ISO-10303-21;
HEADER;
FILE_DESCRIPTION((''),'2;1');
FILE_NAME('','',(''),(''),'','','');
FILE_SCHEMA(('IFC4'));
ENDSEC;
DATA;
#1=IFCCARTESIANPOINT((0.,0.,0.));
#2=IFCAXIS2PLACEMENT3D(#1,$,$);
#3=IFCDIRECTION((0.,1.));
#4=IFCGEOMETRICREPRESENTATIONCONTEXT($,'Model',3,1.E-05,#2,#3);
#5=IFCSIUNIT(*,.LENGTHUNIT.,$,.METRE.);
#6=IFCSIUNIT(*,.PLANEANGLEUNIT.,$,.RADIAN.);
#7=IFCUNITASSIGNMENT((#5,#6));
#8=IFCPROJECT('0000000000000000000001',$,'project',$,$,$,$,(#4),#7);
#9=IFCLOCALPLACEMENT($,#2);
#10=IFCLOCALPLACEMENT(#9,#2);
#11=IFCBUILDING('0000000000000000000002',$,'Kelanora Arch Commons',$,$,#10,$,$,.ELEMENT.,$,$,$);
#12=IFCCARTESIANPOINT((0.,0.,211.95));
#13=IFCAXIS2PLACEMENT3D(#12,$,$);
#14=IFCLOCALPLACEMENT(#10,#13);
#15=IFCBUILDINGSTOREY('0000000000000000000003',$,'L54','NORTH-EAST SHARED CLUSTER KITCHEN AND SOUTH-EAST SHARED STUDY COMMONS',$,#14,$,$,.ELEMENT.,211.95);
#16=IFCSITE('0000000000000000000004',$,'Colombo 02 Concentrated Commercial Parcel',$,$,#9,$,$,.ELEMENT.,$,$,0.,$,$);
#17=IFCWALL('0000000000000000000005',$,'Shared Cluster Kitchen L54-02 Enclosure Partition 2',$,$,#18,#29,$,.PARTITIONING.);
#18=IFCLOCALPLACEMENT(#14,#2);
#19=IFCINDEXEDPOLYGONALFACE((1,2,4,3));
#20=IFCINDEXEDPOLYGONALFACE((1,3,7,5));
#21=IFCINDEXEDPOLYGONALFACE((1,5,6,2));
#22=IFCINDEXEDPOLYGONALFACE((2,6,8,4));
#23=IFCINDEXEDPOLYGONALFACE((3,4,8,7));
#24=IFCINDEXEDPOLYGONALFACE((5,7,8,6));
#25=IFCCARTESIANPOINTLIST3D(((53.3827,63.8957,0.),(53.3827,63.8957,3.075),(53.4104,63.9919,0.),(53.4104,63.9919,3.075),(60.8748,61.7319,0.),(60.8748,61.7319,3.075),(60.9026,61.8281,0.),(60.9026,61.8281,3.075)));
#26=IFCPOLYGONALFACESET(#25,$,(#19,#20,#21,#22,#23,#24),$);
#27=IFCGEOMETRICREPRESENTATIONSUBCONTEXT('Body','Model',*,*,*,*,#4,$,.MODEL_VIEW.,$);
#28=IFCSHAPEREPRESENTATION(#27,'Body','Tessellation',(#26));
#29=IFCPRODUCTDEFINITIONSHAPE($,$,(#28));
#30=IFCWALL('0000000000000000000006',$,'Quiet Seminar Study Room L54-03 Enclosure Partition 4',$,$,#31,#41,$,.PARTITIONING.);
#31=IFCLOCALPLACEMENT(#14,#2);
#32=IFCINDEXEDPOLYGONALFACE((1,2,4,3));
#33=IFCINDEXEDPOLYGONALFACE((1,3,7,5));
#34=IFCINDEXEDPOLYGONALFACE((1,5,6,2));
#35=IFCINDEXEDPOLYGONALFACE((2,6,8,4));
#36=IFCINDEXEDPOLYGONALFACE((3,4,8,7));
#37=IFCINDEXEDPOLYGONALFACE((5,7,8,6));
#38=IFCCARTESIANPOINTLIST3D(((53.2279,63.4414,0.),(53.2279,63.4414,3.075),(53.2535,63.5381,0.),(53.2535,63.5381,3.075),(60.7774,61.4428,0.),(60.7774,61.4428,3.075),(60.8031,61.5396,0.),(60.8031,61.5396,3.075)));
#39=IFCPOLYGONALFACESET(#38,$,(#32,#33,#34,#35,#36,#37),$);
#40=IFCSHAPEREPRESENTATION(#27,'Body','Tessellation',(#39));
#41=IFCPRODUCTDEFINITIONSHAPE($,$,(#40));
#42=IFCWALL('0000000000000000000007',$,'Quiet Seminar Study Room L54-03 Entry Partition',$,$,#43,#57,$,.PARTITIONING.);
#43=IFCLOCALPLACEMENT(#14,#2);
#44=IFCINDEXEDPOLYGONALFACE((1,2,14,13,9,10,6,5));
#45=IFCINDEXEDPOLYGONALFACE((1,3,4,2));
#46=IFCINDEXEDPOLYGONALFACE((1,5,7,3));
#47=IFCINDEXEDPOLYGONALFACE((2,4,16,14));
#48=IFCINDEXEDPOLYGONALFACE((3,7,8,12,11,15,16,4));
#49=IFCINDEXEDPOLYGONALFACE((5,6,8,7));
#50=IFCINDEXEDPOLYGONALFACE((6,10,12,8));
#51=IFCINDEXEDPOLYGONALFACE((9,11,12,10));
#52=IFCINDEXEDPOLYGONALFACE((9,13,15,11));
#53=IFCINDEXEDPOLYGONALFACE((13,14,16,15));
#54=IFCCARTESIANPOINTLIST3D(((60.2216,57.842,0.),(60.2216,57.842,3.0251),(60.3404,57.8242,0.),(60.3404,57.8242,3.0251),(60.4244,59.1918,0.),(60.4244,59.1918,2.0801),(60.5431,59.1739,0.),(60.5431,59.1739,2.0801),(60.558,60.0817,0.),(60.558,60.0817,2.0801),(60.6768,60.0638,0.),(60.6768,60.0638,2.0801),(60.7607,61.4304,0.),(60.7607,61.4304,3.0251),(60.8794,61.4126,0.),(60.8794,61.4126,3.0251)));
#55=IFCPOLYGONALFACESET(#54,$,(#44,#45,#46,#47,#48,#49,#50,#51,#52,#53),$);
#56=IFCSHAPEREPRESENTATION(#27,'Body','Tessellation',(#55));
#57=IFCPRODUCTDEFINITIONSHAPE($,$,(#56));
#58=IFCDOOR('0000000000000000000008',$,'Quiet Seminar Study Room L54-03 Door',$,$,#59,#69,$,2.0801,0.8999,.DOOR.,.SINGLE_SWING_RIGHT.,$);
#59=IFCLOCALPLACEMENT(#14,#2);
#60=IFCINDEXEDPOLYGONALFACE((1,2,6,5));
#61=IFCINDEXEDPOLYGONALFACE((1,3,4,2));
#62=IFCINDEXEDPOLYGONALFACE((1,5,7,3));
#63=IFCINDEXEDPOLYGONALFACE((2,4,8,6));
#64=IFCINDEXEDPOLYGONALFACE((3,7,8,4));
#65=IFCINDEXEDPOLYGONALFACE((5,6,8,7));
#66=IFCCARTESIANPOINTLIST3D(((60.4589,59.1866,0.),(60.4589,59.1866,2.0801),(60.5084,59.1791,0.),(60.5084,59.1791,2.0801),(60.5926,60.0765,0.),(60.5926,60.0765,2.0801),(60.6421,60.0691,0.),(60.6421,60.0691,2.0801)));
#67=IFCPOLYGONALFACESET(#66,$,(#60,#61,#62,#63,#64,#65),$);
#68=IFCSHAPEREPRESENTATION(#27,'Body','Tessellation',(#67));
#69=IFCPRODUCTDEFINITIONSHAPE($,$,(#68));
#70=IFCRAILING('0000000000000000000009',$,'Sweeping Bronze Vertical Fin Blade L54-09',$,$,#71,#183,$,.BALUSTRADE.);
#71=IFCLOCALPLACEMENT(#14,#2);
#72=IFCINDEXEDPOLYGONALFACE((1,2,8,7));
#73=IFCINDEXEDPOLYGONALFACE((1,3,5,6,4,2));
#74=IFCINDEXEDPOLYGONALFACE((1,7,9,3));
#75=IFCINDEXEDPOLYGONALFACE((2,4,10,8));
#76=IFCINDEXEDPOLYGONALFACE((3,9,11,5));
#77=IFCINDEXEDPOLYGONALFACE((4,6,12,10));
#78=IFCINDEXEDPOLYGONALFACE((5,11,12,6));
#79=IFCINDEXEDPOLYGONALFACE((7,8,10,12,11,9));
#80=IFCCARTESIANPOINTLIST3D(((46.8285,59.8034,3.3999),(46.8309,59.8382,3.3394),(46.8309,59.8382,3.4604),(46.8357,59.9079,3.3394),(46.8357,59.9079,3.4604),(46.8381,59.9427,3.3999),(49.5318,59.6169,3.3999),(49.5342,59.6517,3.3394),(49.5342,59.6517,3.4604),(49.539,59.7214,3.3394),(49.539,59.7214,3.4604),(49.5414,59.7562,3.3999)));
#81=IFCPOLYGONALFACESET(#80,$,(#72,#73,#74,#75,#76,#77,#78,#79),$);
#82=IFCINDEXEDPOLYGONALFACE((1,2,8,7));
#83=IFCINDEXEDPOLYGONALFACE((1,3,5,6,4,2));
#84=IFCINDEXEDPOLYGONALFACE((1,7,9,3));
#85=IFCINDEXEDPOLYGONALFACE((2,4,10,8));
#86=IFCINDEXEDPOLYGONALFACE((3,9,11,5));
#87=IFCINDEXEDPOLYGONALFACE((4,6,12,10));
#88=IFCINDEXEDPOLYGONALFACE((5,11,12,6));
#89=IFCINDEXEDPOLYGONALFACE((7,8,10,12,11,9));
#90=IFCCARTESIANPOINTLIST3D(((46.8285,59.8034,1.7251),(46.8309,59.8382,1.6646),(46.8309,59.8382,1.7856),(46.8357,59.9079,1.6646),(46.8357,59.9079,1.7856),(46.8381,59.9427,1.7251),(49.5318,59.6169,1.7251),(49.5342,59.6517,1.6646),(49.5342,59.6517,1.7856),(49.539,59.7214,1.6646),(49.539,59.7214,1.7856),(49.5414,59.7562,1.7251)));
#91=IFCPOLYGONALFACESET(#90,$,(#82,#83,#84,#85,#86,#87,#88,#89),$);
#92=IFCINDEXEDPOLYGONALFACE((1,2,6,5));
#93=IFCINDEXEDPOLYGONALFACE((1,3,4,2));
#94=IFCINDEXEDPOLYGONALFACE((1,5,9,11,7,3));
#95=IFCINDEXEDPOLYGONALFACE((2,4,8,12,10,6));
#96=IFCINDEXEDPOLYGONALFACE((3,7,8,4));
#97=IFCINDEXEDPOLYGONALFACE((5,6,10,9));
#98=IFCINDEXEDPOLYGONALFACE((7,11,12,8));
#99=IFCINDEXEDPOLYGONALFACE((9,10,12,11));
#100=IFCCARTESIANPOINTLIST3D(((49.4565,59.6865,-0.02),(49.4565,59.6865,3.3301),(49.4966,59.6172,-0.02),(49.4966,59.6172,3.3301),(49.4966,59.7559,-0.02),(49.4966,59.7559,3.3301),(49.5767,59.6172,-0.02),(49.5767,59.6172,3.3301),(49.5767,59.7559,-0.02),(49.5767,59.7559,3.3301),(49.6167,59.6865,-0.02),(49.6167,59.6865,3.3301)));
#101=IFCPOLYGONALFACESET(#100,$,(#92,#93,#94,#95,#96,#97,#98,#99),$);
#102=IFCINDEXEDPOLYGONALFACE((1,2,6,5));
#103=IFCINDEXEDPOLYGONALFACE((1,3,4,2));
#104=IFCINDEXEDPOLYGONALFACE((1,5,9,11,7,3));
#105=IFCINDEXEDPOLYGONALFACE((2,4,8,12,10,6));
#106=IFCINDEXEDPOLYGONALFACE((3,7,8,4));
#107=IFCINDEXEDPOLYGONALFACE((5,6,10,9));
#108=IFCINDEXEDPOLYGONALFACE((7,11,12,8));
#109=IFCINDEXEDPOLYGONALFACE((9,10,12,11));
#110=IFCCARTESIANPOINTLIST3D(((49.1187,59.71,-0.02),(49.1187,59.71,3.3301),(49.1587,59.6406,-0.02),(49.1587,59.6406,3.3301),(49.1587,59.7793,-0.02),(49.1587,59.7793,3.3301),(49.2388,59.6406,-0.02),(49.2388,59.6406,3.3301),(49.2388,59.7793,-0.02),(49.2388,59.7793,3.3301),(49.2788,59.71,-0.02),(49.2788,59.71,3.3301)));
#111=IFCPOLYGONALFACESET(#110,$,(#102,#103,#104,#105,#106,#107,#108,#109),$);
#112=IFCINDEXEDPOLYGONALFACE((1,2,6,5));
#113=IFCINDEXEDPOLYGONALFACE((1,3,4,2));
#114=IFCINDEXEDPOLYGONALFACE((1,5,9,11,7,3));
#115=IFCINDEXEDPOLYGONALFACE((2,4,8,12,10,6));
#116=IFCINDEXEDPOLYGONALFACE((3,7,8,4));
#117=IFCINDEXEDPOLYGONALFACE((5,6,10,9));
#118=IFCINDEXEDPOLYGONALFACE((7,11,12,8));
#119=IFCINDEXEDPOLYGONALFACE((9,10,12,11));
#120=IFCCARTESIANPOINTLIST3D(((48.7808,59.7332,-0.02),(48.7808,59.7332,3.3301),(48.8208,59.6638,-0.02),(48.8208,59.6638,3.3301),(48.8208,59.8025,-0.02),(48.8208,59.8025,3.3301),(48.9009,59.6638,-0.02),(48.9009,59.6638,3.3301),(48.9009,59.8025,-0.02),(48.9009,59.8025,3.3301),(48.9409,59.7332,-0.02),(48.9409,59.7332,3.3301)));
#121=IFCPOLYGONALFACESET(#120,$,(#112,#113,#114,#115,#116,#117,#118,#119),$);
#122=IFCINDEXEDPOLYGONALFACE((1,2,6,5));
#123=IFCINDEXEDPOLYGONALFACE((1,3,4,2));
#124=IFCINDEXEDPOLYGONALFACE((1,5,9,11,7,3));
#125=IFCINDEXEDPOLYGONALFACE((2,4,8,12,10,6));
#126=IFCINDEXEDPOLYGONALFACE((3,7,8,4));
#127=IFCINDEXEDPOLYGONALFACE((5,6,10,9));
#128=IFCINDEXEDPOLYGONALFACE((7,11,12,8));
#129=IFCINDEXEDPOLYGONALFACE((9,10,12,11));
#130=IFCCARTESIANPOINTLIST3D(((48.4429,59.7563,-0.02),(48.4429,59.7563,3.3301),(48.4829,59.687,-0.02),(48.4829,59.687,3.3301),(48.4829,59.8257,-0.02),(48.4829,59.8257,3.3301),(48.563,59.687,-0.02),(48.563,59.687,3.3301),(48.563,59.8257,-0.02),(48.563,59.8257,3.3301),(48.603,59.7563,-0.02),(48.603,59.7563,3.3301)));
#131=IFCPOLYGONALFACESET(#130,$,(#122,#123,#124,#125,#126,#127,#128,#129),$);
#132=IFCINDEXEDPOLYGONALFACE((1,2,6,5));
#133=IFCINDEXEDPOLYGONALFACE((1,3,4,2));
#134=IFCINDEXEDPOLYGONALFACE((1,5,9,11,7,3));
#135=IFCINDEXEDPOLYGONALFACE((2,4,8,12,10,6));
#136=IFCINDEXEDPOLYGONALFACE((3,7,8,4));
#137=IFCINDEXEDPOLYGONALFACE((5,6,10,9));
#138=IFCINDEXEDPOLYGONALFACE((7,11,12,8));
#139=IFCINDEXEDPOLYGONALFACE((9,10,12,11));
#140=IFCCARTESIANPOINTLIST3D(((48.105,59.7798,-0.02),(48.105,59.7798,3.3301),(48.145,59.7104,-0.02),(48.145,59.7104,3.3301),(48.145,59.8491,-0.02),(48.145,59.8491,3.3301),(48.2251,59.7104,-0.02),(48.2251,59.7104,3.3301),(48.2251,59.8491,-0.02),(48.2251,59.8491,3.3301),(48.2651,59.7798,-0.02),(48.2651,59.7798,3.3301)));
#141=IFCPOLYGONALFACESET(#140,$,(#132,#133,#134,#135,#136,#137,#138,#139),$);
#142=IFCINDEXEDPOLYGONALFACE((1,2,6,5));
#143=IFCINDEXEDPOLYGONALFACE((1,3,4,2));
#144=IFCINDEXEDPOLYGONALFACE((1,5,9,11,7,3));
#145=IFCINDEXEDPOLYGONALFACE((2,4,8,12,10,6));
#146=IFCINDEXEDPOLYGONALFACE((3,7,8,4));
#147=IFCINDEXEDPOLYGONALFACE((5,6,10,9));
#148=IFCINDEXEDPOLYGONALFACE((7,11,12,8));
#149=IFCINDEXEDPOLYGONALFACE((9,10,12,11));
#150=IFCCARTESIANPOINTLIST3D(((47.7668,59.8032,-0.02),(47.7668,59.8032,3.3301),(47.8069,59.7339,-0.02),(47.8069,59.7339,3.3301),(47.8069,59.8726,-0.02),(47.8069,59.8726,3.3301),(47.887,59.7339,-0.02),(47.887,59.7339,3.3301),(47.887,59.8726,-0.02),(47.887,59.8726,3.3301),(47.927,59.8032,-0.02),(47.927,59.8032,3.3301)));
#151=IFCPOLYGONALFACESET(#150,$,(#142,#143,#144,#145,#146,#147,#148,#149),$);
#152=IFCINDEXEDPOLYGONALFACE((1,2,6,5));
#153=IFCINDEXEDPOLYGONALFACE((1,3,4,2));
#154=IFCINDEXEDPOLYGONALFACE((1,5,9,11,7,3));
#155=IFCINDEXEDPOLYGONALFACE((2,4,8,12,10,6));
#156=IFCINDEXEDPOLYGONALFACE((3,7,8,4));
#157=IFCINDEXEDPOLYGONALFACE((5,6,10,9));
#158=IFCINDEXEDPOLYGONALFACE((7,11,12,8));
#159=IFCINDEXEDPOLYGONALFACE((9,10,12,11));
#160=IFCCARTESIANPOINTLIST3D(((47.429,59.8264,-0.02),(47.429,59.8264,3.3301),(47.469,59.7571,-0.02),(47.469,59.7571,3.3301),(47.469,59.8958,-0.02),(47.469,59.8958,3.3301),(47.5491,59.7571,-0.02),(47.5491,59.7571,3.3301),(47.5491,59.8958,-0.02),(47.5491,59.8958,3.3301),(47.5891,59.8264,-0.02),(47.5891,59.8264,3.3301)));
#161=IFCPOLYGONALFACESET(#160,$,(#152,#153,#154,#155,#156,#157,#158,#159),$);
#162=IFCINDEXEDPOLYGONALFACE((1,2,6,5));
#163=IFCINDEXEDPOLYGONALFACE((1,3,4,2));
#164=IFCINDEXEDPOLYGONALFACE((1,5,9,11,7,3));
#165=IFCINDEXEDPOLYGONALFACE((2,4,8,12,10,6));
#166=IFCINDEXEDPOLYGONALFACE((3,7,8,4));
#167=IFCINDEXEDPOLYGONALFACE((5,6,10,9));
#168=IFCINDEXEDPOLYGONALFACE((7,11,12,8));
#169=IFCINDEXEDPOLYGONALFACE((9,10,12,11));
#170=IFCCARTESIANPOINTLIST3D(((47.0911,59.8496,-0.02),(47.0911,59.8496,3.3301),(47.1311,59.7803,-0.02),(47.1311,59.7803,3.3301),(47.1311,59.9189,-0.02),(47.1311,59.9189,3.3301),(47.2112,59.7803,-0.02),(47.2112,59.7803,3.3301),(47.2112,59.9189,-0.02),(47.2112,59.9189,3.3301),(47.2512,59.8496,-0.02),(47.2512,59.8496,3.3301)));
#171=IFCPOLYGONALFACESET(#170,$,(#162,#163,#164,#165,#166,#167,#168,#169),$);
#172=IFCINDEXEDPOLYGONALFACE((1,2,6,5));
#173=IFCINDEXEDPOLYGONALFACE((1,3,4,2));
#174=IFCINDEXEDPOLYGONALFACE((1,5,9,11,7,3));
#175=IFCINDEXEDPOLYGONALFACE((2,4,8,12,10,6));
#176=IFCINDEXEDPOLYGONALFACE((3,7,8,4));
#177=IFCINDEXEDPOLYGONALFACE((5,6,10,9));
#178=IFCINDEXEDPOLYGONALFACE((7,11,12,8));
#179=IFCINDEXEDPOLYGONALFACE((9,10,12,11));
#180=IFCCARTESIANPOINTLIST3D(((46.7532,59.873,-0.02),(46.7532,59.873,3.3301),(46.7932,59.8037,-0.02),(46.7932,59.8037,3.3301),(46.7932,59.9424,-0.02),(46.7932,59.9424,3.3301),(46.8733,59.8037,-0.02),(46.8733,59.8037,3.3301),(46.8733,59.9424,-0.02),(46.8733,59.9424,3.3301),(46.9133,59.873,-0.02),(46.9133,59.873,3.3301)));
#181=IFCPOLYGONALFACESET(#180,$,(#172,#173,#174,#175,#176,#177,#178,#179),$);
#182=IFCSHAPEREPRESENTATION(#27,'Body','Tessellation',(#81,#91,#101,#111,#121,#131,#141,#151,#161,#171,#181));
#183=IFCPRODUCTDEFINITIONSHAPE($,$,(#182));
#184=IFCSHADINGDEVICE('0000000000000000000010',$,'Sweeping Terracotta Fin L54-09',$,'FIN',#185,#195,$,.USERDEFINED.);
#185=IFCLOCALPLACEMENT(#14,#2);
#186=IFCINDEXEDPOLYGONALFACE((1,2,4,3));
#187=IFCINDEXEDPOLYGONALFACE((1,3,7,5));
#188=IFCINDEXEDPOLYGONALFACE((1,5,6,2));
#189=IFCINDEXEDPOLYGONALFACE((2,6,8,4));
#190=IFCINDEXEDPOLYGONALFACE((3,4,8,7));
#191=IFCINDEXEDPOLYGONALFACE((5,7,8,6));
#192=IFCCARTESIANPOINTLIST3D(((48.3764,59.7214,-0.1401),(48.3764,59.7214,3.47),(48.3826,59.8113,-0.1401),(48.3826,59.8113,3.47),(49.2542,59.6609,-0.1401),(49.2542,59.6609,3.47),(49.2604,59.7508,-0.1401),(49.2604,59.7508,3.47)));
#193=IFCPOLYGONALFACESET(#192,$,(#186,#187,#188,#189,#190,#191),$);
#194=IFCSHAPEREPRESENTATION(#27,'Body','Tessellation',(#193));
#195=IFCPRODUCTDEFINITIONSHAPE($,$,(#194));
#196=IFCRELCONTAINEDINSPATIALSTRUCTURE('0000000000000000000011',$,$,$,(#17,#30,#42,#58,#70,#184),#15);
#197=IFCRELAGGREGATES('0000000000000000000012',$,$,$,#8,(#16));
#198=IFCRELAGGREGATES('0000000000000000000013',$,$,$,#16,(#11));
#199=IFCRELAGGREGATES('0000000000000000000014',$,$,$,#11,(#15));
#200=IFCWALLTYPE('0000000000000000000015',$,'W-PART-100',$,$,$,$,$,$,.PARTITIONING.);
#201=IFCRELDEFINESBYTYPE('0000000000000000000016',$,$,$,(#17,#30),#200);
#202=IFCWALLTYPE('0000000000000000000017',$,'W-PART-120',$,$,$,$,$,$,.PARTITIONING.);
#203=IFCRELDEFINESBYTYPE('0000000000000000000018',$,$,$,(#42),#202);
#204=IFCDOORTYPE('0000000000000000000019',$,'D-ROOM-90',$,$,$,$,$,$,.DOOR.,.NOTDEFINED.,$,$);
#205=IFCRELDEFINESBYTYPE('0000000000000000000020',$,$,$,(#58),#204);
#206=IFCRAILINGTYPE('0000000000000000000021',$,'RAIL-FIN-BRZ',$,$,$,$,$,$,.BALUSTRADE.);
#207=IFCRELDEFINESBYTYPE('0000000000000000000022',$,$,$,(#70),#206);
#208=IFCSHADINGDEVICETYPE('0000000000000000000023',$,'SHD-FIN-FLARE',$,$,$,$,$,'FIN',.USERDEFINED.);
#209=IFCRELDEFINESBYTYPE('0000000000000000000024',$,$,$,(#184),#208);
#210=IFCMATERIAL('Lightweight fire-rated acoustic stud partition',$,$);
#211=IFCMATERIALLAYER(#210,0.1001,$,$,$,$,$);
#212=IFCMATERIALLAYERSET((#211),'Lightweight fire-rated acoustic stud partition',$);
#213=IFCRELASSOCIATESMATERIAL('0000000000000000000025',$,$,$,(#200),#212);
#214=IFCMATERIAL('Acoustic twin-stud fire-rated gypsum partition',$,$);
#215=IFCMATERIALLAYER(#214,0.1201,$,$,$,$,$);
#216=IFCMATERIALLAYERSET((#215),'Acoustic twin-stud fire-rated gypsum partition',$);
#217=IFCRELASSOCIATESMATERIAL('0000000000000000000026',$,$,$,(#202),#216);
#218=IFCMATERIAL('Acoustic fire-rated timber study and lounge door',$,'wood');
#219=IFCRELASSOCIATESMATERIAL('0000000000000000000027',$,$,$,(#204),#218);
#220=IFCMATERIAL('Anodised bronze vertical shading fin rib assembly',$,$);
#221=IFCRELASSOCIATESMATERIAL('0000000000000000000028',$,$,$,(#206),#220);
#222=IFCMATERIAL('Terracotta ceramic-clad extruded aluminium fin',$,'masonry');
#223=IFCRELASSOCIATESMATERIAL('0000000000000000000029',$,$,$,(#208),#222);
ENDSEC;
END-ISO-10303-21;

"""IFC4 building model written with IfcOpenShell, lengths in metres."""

from ifc_helpers import new_model, si_unit, direction, frame, frame_2d, origin, origin_2d, place, context, subcontext, project, spatial, polyline, rectangle, outline, extrude, source, transform, mapped, material, layer, layer_set, type_object, element, fill, save


model = new_model("IFC4")

# Units and contexts
model_context = context("Model", 3, precision=1e-05, world=origin(), true_north=direction((0.0, 1.0)))
body_context = subcontext(model_context, "Body", "Model", "MODEL_VIEW")
ifc_project = project(units=[si_unit("LENGTHUNIT", "METRE"), si_unit("PLANEANGLEUNIT", "RADIAN")], contexts=[model_context])

# Site, building, storey
site_placement = place(None, origin())
site = spatial("IfcSite", under=ifc_project, at=site_placement, Name="Colombo 02 Concentrated Commercial Parcel", CompositionType="ELEMENT", RefElevation=0.0)
building_placement = place(site_placement, origin())
building = spatial("IfcBuilding", under=site, at=building_placement, Name="Kelanora Arch Commons", CompositionType="ELEMENT")
storey_placement = place(building_placement, frame((0.0, 0.0, 211.95)))
storey = spatial("IfcBuildingStorey", under=building, at=storey_placement, Name="L54", Description="NORTH-EAST SHARED CLUSTER KITCHEN AND SOUTH-EAST SHARED STUDY COMMONS", CompositionType="ELEMENT", Elevation=211.95)

# Walls
ifc_material_1 = material(Name="Lightweight fire-rated acoustic stud partition")
ifc_layer_1 = layer(ifc_material_1, 0.1001)
ifc_layer_set_1 = layer_set([ifc_layer_1], Name="Lightweight fire-rated acoustic stud partition")
wall_type_1 = type_object("IfcWallType", Name="W-PART-100", PredefinedType="PARTITIONING", material=ifc_layer_set_1)
wall_1_placement = place(storey_placement, frame((60.8887, 61.78, 0.0), z_axis=(0.0, 0.0, 1.0), x_axis=(-0.960734, 0.27747, 0.0)))
element("IfcWall", 1, at=wall_1_placement, inside=storey, type_object=wall_type_1, Name="Shared Cluster Kitchen L54-02 Enclosure Partition 2", PredefinedType="PARTITIONING", context=body_context, shape_type="SweptSolid", body=[
    extrude(rectangle(XDim=7.7983, YDim=0.1001, at=frame_2d((3.8992, 0.0))), origin(), (0.0, 0.0, 1.0), 3.075),
])
wall_2_placement = place(storey_placement, frame((53.2407, 63.4897, 0.0), z_axis=(0.0, 0.0, 1.0), x_axis=(0.966701, -0.255907, 0.0)))
element("IfcWall", 2, at=wall_2_placement, inside=storey, type_object=wall_type_1, Name="Quiet Seminar Study Room L54-03 Enclosure Partition 4", PredefinedType="PARTITIONING", context=body_context, shape_type="SweptSolid", body=[
    extrude(rectangle(XDim=7.8096, YDim=0.1001, at=frame_2d((3.9048, 0.0))), origin(), (0.0, 0.0, 1.0), 3.075),
])

# Wall, opening, door
ifc_material_2 = material(Name="Acoustic twin-stud fire-rated gypsum partition")
ifc_layer_2 = layer(ifc_material_2, 0.1201)
ifc_layer_set_2 = layer_set([ifc_layer_2], Name="Acoustic twin-stud fire-rated gypsum partition")
wall_type_2 = type_object("IfcWallType", Name="W-PART-120", PredefinedType="PARTITIONING", material=ifc_layer_set_2)
wall_3_placement = place(storey_placement, frame((60.8201, 61.4216, 0.0), z_axis=(0.0, 0.0, 1.0), x_axis=(-0.148558, -0.988904, 0.0)))
wall_3 = element("IfcWall", 3, at=wall_3_placement, inside=storey, type_object=wall_type_2, Name="Quiet Seminar Study Room L54-03 Entry Partition", PredefinedType="PARTITIONING", context=body_context, shape_type="SweptSolid", body=[
    extrude(rectangle(XDim=3.6287, YDim=0.1201, at=frame_2d((1.8145, 0.0))), origin(), (0.0, 0.0, 1.0), 3.0251),
])
opening_placement = place(wall_3_placement, frame((1.364, 0.0, 0.0)))
opening = element("IfcOpeningElement", 4, at=opening_placement, cuts=wall_3, PredefinedType="OPENING", context=body_context, shape_type="SweptSolid", body=[
    extrude(rectangle(XDim=0.8999, YDim=2.0801, at=frame_2d((0.45, 1.04))), frame((0.0, 0.0701, 0.0), z_axis=(0.0, -1.0, 0.0), x_axis=(1.0, 0.0, 0.0)), (0.0, 0.0, 1.0), 0.1401),
])
ifc_material_3 = material(Name="Acoustic fire-rated timber study and lounge door", Category="wood")
door_type = type_object("IfcDoorType", Name="D-ROOM-90", OperationType="NOTDEFINED", PredefinedType="DOOR", material=ifc_material_3)
door_placement = place(opening_placement, origin())
door = element("IfcDoor", 5, at=door_placement, inside=storey, type_object=door_type, Name="Quiet Seminar Study Room L54-03 Door", OperationType="SINGLE_SWING_RIGHT", OverallHeight=2.0801, OverallWidth=0.8999, PredefinedType="DOOR", context=body_context, shape_type="SweptSolid", body=[
    extrude(rectangle(XDim=0.8999, YDim=2.0801, at=frame_2d((0.45, 1.04))), frame((0.0, 0.0249, 0.0), z_axis=(0.0, -1.0, 0.0), x_axis=(1.0, 0.0, 0.0)), (0.0, 0.0, 1.0), 0.05),
])
fill(opening, door)

# Railing
ifc_material_4 = material(Name="Anodised bronze vertical shading fin rib assembly")
railing_type = type_object("IfcRailingType", Name="RAIL-FIN-BRZ", PredefinedType="BALUSTRADE", material=ifc_material_4)
railing_placement = place(storey_placement, frame((49.5366, 59.6865, -0.02)))
element("IfcRailing", 6, at=railing_placement, inside=storey, type_object=railing_type, Name="Sweeping Bronze Vertical Fin Blade L54-09", PredefinedType="BALUSTRADE", context=body_context, shape_type="SweptSolid", body=[
    extrude(outline(polyline([(0.0698, 0.0), (0.0349, 0.0605), (-0.0349, 0.0605), (-0.0698, 0.0), (-0.0349, -0.0605), (0.0349, -0.0605), (0.0698, 0.0)])), frame((0.0, 0.0, 3.4199), z_axis=(-0.997628, 0.068833, 0.0), x_axis=(-0.068833, -0.997628, 0.0)), (0.0, 0.0, 1.0), 2.7097),
    extrude(outline(polyline([(0.0698, 0.0), (0.0349, 0.0605), (-0.0349, 0.0605), (-0.0698, 0.0), (-0.0349, -0.0605), (0.0349, -0.0605), (0.0698, 0.0)])), frame((0.0, 0.0, 1.7451), z_axis=(-0.997628, 0.068833, 0.0), x_axis=(-0.068833, -0.997628, 0.0)), (0.0, 0.0, 1.0), 2.7097),
    extrude(outline(polyline([(0.0801, 0.0), (0.04, 0.0693), (-0.04, 0.0693), (-0.0801, 0.0), (-0.04, -0.0693), (0.04, -0.0693), (0.0801, 0.0)])), origin(), (0.0, 0.0, 1.0), 3.3501),
    extrude(outline(polyline([(0.0801, 0.0), (0.04, 0.0693), (-0.04, 0.0693), (-0.0801, 0.0), (-0.04, -0.0693), (0.04, -0.0693), (0.0801, 0.0)])), frame((-0.3379, 0.0234, 0.0)), (0.0, 0.0, 1.0), 3.3501),
    extrude(outline(polyline([(0.0801, 0.0), (0.04, 0.0693), (-0.04, 0.0693), (-0.0801, 0.0), (-0.04, -0.0693), (0.04, -0.0693), (0.0801, 0.0)])), frame((-0.6758, 0.0466, 0.0)), (0.0, 0.0, 1.0), 3.3501),
    extrude(outline(polyline([(0.0801, 0.0), (0.04, 0.0693), (-0.04, 0.0693), (-0.0801, 0.0), (-0.04, -0.0693), (0.04, -0.0693), (0.0801, 0.0)])), frame((-1.0137, 0.0698, 0.0)), (0.0, 0.0, 1.0), 3.3501),
    extrude(outline(polyline([(0.0801, 0.0), (0.04, 0.0693), (-0.04, 0.0693), (-0.0801, 0.0), (-0.04, -0.0693), (0.04, -0.0693), (0.0801, 0.0)])), frame((-1.3516, 0.0933, 0.0)), (0.0, 0.0, 1.0), 3.3501),
    extrude(outline(polyline([(0.0801, 0.0), (0.04, 0.0693), (-0.04, 0.0693), (-0.0801, 0.0), (-0.04, -0.0693), (0.04, -0.0693), (0.0801, 0.0)])), frame((-1.6897, 0.1167, 0.0)), (0.0, 0.0, 1.0), 3.3501),
    extrude(outline(polyline([(0.0801, 0.0), (0.04, 0.0693), (-0.04, 0.0693), (-0.0801, 0.0), (-0.04, -0.0693), (0.04, -0.0693), (0.0801, 0.0)])), frame((-2.0276, 0.1399, 0.0)), (0.0, 0.0, 1.0), 3.3501),
    extrude(outline(polyline([(0.0801, 0.0), (0.04, 0.0693), (-0.04, 0.0693), (-0.0801, 0.0), (-0.04, -0.0693), (0.04, -0.0693), (0.0801, 0.0)])), frame((-2.3655, 0.1631, 0.0)), (0.0, 0.0, 1.0), 3.3501),
    extrude(outline(polyline([(0.0801, 0.0), (0.04, 0.0693), (-0.04, 0.0693), (-0.0801, 0.0), (-0.04, -0.0693), (0.04, -0.0693), (0.0801, 0.0)])), frame((-2.7034, 0.1865, 0.0)), (0.0, 0.0, 1.0), 3.3501),
])

# Shading device
ifc_material_5 = material(Name="Terracotta ceramic-clad extruded aluminium fin", Category="masonry")
shading_device_type = type_object("IfcShadingDeviceType", Name="SHD-FIN-FLARE", ElementType="FIN", PredefinedType="USERDEFINED", material=ifc_material_5)
shared_shape_1 = source(origin(), body_context, "Body", "SweptSolid", [
    extrude(rectangle(XDim=0.8799, YDim=0.0901, at=origin_2d()), origin(), (0.0, 0.0, 1.0), 3.6101),
])
shading_device_placement = place(storey_placement, frame((48.8184, 59.7361, -0.1401), z_axis=(0.0, 0.0, 1.0), x_axis=(-0.997637, 0.068712, 0.0)))
element("IfcShadingDevice", 7, at=shading_device_placement, inside=storey, type_object=shading_device_type, Name="Sweeping Terracotta Fin L54-09", ObjectType="FIN", PredefinedType="USERDEFINED", context=body_context, shape_type="MappedRepresentation", body=[
    mapped(shared_shape_1, transform((0.0, 0.0, 0.0), scale=1.0)),
])

save(model, "model.ifc")
